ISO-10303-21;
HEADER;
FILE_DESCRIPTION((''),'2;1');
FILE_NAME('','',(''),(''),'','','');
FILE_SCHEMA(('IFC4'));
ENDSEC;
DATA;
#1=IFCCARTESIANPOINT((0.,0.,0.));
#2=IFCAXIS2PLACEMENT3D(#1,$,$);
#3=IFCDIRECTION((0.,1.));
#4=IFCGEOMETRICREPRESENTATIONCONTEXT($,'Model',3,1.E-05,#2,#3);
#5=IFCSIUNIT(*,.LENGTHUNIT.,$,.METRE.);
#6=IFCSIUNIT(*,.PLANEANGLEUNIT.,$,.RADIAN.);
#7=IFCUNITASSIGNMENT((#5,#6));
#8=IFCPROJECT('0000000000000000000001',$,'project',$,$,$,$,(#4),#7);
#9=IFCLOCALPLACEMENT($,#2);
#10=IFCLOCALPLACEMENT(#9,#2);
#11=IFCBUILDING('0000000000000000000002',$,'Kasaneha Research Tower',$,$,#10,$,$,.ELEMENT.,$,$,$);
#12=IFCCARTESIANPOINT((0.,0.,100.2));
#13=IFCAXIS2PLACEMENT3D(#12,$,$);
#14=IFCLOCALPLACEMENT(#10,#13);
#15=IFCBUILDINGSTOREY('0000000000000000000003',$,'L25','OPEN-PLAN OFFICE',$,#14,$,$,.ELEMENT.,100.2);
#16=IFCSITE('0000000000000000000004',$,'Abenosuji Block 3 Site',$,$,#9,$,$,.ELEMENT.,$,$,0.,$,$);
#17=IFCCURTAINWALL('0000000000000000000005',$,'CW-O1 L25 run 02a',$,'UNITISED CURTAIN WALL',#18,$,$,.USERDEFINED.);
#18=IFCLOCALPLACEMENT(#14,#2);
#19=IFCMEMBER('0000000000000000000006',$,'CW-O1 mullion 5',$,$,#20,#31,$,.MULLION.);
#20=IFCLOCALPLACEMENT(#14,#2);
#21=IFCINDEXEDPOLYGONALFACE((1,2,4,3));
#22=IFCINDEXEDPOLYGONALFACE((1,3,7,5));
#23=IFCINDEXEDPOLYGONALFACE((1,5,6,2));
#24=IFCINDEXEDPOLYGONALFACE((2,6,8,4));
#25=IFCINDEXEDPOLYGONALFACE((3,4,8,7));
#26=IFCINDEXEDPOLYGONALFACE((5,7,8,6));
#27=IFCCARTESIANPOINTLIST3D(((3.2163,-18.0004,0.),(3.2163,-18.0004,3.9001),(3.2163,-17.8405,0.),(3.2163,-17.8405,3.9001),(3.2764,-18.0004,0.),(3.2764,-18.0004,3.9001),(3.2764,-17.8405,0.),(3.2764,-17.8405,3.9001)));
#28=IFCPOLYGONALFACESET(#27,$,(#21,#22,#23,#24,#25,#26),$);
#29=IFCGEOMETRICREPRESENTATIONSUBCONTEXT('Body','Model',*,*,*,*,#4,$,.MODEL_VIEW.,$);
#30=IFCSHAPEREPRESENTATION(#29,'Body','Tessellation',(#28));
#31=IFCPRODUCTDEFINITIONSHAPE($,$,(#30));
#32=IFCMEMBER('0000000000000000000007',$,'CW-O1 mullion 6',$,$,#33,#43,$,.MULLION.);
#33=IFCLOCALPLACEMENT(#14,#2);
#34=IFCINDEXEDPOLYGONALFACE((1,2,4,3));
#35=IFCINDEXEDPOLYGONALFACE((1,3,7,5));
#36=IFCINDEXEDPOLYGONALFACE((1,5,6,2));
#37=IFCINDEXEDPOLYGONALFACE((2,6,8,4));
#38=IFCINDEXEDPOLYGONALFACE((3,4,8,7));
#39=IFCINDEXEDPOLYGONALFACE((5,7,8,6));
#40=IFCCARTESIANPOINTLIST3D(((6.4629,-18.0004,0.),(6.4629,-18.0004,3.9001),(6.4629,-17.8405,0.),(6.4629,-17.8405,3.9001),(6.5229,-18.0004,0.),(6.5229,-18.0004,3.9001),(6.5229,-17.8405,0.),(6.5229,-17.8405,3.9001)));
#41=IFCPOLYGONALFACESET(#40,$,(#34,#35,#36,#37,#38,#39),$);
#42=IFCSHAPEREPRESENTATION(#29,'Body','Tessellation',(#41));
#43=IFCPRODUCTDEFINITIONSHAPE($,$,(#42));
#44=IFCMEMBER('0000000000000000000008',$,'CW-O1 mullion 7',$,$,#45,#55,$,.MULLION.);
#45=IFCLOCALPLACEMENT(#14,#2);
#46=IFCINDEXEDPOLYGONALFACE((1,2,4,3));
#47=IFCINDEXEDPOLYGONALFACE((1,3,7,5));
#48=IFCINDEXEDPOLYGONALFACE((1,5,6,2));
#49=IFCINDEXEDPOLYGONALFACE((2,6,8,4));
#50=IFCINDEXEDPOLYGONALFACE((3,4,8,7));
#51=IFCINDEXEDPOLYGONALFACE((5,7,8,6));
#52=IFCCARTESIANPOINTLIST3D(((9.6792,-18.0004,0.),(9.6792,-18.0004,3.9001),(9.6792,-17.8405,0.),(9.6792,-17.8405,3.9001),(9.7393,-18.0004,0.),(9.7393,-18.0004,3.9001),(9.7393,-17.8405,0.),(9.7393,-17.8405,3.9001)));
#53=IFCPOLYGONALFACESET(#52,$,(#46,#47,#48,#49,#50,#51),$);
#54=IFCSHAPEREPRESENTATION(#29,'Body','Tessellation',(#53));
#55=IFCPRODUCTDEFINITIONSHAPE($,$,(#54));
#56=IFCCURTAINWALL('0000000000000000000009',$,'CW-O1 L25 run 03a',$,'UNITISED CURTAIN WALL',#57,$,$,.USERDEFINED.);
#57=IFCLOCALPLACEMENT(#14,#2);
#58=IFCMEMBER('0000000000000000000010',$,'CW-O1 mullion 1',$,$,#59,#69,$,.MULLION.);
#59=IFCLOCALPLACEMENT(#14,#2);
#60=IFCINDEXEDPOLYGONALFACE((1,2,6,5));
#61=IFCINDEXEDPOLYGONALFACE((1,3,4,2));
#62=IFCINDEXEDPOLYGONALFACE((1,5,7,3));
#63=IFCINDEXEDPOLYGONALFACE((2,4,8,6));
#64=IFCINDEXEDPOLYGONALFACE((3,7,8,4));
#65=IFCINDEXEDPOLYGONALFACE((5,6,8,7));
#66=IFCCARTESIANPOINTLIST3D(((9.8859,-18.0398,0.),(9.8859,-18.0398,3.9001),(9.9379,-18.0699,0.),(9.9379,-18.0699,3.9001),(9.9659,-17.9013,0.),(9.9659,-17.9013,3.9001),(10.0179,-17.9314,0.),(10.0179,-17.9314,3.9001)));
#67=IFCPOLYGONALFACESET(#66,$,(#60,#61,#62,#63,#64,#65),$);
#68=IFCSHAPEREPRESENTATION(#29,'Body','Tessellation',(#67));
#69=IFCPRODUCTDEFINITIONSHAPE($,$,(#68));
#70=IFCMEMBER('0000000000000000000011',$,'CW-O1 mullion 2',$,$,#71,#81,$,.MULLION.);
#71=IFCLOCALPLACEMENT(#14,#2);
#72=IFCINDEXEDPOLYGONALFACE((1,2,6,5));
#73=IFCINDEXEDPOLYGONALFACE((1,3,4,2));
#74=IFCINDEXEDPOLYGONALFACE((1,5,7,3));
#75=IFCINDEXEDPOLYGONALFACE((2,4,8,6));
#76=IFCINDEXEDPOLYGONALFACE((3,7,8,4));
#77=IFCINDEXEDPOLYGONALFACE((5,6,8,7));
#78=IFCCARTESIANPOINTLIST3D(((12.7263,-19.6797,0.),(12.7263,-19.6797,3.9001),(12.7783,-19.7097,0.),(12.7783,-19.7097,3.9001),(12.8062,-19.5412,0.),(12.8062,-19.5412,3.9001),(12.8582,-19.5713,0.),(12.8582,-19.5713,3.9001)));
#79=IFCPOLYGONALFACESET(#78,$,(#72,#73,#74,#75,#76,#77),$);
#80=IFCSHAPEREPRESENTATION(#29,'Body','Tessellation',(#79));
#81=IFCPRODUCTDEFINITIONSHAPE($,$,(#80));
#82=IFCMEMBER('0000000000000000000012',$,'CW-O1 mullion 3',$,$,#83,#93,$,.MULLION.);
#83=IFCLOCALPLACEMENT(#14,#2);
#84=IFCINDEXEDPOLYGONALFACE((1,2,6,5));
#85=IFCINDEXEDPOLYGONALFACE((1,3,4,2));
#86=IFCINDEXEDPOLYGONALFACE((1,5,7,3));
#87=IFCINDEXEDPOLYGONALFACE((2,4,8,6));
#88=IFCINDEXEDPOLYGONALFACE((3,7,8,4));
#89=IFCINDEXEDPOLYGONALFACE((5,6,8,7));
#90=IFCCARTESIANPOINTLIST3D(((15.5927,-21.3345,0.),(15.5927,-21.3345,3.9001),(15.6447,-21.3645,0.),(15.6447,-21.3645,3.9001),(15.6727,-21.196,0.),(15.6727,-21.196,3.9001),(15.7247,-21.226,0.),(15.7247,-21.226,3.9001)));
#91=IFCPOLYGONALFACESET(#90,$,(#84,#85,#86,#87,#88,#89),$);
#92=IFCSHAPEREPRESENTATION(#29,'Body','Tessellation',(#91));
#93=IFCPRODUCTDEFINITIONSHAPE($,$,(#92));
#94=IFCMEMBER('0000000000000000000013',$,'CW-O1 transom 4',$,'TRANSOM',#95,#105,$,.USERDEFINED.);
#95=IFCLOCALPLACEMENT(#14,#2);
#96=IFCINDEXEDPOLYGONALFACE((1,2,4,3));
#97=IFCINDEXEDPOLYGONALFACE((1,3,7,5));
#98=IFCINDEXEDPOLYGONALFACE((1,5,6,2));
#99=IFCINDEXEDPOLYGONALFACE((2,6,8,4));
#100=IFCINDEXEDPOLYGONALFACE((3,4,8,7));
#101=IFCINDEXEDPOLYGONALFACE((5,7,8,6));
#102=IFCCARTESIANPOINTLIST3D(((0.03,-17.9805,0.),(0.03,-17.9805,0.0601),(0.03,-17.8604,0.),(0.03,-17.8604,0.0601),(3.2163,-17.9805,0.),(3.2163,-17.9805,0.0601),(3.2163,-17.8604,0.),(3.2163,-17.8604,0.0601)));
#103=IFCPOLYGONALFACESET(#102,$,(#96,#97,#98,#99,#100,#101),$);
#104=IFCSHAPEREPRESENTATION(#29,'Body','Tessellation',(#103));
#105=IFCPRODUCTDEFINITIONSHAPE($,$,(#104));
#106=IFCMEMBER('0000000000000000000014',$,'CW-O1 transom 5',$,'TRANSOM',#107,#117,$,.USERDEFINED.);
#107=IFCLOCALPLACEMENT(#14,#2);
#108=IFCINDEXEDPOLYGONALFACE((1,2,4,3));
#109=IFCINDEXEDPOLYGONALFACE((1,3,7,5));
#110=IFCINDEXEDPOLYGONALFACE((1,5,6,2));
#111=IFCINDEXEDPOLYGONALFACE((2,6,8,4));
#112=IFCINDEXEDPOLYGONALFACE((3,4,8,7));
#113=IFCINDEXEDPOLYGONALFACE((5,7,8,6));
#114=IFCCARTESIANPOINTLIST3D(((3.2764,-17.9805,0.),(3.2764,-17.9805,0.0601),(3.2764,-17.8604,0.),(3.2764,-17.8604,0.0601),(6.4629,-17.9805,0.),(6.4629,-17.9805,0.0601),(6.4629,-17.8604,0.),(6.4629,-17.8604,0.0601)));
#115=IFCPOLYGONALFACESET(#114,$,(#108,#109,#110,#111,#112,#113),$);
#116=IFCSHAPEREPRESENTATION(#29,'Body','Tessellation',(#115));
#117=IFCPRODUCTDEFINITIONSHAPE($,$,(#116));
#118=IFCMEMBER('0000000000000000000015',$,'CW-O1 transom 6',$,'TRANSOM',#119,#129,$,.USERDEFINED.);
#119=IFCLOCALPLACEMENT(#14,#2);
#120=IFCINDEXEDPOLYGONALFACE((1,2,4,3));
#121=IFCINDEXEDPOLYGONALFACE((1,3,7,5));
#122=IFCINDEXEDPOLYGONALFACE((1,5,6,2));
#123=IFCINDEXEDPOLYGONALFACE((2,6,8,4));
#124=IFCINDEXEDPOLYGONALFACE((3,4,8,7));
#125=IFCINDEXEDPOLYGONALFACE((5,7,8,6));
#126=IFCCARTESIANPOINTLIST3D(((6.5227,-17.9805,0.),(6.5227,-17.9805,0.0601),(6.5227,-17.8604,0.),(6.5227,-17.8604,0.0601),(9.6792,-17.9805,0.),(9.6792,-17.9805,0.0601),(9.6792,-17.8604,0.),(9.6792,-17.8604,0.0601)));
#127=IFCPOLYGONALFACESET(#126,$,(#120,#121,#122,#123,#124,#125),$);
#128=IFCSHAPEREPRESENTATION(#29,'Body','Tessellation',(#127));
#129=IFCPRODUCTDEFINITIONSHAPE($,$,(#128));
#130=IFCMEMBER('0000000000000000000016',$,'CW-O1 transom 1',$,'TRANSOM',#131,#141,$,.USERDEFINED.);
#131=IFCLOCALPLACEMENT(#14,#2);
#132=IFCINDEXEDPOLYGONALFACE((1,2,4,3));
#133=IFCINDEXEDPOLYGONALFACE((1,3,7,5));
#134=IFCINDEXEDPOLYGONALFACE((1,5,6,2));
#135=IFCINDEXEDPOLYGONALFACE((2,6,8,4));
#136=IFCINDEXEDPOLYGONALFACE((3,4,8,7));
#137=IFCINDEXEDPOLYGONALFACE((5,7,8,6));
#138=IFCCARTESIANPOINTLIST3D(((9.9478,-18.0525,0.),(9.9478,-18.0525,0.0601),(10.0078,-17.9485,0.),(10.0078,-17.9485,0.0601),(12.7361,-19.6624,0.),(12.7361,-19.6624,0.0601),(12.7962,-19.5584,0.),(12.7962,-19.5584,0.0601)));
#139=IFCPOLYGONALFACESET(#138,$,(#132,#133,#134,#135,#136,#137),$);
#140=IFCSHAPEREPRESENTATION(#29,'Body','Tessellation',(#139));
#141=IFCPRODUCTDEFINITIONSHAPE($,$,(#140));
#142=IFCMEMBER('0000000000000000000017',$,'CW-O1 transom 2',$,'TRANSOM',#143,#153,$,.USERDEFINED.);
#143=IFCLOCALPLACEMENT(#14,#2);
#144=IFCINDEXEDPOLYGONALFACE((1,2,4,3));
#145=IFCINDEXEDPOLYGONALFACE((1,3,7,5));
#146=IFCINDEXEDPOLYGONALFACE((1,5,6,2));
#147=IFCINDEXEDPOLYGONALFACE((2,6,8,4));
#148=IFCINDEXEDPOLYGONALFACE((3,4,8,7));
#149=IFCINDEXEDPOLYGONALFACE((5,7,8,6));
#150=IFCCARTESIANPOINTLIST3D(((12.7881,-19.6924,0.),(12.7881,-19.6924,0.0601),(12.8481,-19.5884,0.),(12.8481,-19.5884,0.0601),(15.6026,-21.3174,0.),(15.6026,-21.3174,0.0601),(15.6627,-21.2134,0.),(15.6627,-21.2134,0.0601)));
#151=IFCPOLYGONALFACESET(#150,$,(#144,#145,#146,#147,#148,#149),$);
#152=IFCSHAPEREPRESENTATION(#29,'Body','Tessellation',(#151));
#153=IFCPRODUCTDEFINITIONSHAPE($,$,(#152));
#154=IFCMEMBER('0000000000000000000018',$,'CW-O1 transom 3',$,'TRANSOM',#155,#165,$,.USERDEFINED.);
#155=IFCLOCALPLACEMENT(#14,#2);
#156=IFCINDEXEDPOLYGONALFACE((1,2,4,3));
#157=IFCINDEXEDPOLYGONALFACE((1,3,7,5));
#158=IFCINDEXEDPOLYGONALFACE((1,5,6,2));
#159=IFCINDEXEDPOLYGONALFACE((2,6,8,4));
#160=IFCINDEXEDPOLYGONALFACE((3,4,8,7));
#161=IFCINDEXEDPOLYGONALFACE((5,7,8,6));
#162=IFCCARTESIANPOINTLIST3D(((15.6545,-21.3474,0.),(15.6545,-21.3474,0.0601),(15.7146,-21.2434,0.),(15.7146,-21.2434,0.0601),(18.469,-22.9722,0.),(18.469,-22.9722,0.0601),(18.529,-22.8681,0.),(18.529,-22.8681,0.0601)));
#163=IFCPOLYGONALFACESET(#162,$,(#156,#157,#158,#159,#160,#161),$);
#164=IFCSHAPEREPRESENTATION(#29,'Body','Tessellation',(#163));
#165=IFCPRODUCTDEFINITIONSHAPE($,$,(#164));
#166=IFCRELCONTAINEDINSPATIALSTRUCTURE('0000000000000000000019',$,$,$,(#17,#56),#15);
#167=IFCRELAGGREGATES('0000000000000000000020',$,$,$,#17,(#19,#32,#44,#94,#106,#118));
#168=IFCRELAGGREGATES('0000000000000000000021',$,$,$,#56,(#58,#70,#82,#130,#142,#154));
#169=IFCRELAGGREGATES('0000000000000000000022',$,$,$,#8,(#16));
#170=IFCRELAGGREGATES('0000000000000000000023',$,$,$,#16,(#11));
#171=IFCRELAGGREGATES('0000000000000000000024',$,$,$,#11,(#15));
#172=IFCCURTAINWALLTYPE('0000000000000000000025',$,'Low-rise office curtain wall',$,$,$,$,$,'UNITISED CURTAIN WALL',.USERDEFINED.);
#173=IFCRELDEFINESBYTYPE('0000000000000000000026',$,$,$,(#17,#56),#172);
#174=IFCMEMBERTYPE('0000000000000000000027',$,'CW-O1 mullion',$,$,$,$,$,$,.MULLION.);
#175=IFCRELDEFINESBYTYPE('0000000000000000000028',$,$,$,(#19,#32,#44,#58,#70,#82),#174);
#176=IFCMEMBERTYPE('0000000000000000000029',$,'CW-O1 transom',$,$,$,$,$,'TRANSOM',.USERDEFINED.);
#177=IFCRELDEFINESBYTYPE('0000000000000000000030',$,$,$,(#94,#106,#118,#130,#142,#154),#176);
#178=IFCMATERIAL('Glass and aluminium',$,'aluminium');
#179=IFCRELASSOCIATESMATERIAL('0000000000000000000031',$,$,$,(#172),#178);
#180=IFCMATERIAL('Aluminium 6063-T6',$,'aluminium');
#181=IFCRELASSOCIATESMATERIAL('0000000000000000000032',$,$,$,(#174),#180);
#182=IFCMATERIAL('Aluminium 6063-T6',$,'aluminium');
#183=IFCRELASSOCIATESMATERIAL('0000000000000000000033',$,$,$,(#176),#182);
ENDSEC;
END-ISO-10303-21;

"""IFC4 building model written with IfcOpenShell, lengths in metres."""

from ifc_helpers import new_model, si_unit, direction, frame, origin, origin_2d, place, context, subcontext, project, spatial, rectangle, extrude, material, material_profile, profile_set, type_object, element, aggregate, save


model = new_model("IFC4")

# Units and contexts
model_context = context("Model", 3, precision=1e-05, world=origin(), true_north=direction((0.0, 1.0)))
body_context = subcontext(model_context, "Body", "Model", "MODEL_VIEW")
ifc_project = project(units=[si_unit("LENGTHUNIT", "METRE"), si_unit("PLANEANGLEUNIT", "RADIAN")], contexts=[model_context])

# Site, building, storey
site_placement = place(None, origin())
site = spatial("IfcSite", under=ifc_project, at=site_placement, Name="Abenosuji Block 3 Site", CompositionType="ELEMENT", RefElevation=0.0)
building_placement = place(site_placement, origin())
building = spatial("IfcBuilding", under=site, at=building_placement, Name="Kasaneha Research Tower", CompositionType="ELEMENT")
storey_placement = place(building_placement, frame((0.0, 0.0, 100.2)))
storey = spatial("IfcBuildingStorey", under=building, at=storey_placement, Name="L25", Description="OPEN-PLAN OFFICE", CompositionType="ELEMENT", Elevation=100.2)

# Curtain walls, members
ifc_material_1 = material(Name="Glass and aluminium", Category="aluminium")
curtain_wall_type = type_object("IfcCurtainWallType", Name="Low-rise office curtain wall", ElementType="UNITISED CURTAIN WALL", PredefinedType="USERDEFINED", material=ifc_material_1)
curtain_wall_1_placement = place(storey_placement, origin())
curtain_wall_1 = element("IfcCurtainWall", 1, at=curtain_wall_1_placement, inside=storey, type_object=curtain_wall_type, Name="CW-O1 L25 run 02a", ObjectType="UNITISED CURTAIN WALL", PredefinedType="USERDEFINED")
ifc_material_2 = material(Name="Aluminium 6063-T6", Category="aluminium")
ifc_material_profile_1 = material_profile(ifc_material_2, rectangle(XDim=0.0601, YDim=0.1599, at=origin_2d()), Name="CW-O1 mullion 60x160")
ifc_profile_set_1 = profile_set([ifc_material_profile_1], Name="Aluminium 6063-T6")
member_type_1 = type_object("IfcMemberType", Name="CW-O1 mullion", PredefinedType="MULLION", material=ifc_profile_set_1)
member_1_placement = place(storey_placement, frame((3.2463, -17.9204, 0.0), z_axis=(0.0, 0.0, 1.0), x_axis=(1.0, 0.0, 0.0)))
member_1 = element("IfcMember", 2, at=member_1_placement, type_object=member_type_1, Name="CW-O1 mullion 5", PredefinedType="MULLION", context=body_context, shape_type="SweptSolid", body=[
    extrude(rectangle(XDim=0.0601, YDim=0.1599, at=origin_2d()), origin(), (0.0, 0.0, 1.0), 3.9001),
])
member_2_placement = place(storey_placement, frame((6.4929, -17.9204, 0.0), z_axis=(0.0, 0.0, 1.0), x_axis=(1.0, 0.0, 0.0)))
member_2 = element("IfcMember", 3, at=member_2_placement, type_object=member_type_1, Name="CW-O1 mullion 6", PredefinedType="MULLION", context=body_context, shape_type="SweptSolid", body=[
    extrude(rectangle(XDim=0.0601, YDim=0.1599, at=origin_2d()), origin(), (0.0, 0.0, 1.0), 3.9001),
])
member_3_placement = place(storey_placement, frame((9.7092, -17.9204, 0.0), z_axis=(0.0, 0.0, 1.0), x_axis=(1.0, 0.0, 0.0)))
member_3 = element("IfcMember", 4, at=member_3_placement, type_object=member_type_1, Name="CW-O1 mullion 7", PredefinedType="MULLION", context=body_context, shape_type="SweptSolid", body=[
    extrude(rectangle(XDim=0.0601, YDim=0.1599, at=origin_2d()), origin(), (0.0, 0.0, 1.0), 3.9001),
])
curtain_wall_2_placement = place(storey_placement, origin())
curtain_wall_2 = element("IfcCurtainWall", 5, at=curtain_wall_2_placement, inside=storey, type_object=curtain_wall_type, Name="CW-O1 L25 run 03a", ObjectType="UNITISED CURTAIN WALL", PredefinedType="USERDEFINED")
member_4_placement = place(storey_placement, frame((9.9519, -17.9856, 0.0), z_axis=(0.0, 0.0, 1.0), x_axis=(0.866025, -0.5, 0.0)))
member_4 = element("IfcMember", 6, at=member_4_placement, type_object=member_type_1, Name="CW-O1 mullion 1", PredefinedType="MULLION", context=body_context, shape_type="SweptSolid", body=[
    extrude(rectangle(XDim=0.0601, YDim=0.1599, at=origin_2d()), origin(), (0.0, 0.0, 1.0), 3.9001),
])
member_5_placement = place(storey_placement, frame((12.7922, -19.6255, 0.0), z_axis=(0.0, 0.0, 1.0), x_axis=(0.866025, -0.5, 0.0)))
member_5 = element("IfcMember", 7, at=member_5_placement, type_object=member_type_1, Name="CW-O1 mullion 2", PredefinedType="MULLION", context=body_context, shape_type="SweptSolid", body=[
    extrude(rectangle(XDim=0.0601, YDim=0.1599, at=origin_2d()), origin(), (0.0, 0.0, 1.0), 3.9001),
])
member_6_placement = place(storey_placement, frame((15.6587, -21.2803, 0.0), z_axis=(0.0, 0.0, 1.0), x_axis=(0.866025, -0.5, 0.0)))
member_6 = element("IfcMember", 8, at=member_6_placement, type_object=member_type_1, Name="CW-O1 mullion 3", PredefinedType="MULLION", context=body_context, shape_type="SweptSolid", body=[
    extrude(rectangle(XDim=0.0601, YDim=0.1599, at=origin_2d()), origin(), (0.0, 0.0, 1.0), 3.9001),
])

# Members
ifc_material_3 = material(Name="Aluminium 6063-T6", Category="aluminium")
ifc_material_profile_2 = material_profile(ifc_material_3, rectangle(XDim=0.1201, YDim=0.0601, at=origin_2d()), Name="CW-O1 transom 120x60")
ifc_profile_set_2 = profile_set([ifc_material_profile_2], Name="Aluminium 6063-T6")
member_type_2 = type_object("IfcMemberType", Name="CW-O1 transom", ElementType="TRANSOM", PredefinedType="USERDEFINED", material=ifc_profile_set_2)
member_7_placement = place(storey_placement, frame((0.03, -17.9204, 0.03), z_axis=(1.0, 0.0, 0.0), x_axis=(0.0, 1.0, 0.0)))
member_7 = element("IfcMember", 9, at=member_7_placement, type_object=member_type_2, Name="CW-O1 transom 4", ObjectType="TRANSOM", PredefinedType="USERDEFINED", context=body_context, shape_type="SweptSolid", body=[
    extrude(rectangle(XDim=0.1201, YDim=0.0601, at=origin_2d()), origin(), (0.0, 0.0, 1.0), 3.1863),
])
member_8_placement = place(storey_placement, frame((3.2764, -17.9204, 0.03), z_axis=(1.0, 0.0, 0.0), x_axis=(0.0, 1.0, 0.0)))
member_8 = element("IfcMember", 10, at=member_8_placement, type_object=member_type_2, Name="CW-O1 transom 5", ObjectType="TRANSOM", PredefinedType="USERDEFINED", context=body_context, shape_type="SweptSolid", body=[
    extrude(rectangle(XDim=0.1201, YDim=0.0601, at=origin_2d()), origin(), (0.0, 0.0, 1.0), 3.1865),
])
member_9_placement = place(storey_placement, frame((6.5227, -17.9204, 0.03), z_axis=(1.0, 0.0, 0.0), x_axis=(0.0, 1.0, 0.0)))
member_9 = element("IfcMember", 11, at=member_9_placement, type_object=member_type_2, Name="CW-O1 transom 6", ObjectType="TRANSOM", PredefinedType="USERDEFINED", context=body_context, shape_type="SweptSolid", body=[
    extrude(rectangle(XDim=0.1201, YDim=0.0601, at=origin_2d()), origin(), (0.0, 0.0, 1.0), 3.1565),
])
member_10_placement = place(storey_placement, frame((9.9778, -18.0005, 0.03), z_axis=(0.866023, -0.500005, 0.0), x_axis=(0.500005, 0.866023, 0.0)))
member_10 = element("IfcMember", 12, at=member_10_placement, type_object=member_type_2, Name="CW-O1 transom 1", ObjectType="TRANSOM", PredefinedType="USERDEFINED", context=body_context, shape_type="SweptSolid", body=[
    extrude(rectangle(XDim=0.1201, YDim=0.0601, at=origin_2d()), origin(), (0.0, 0.0, 1.0), 3.2197),
])
member_11_placement = place(storey_placement, frame((12.8181, -19.6404, 0.03), z_axis=(0.866015, -0.500017, 0.0), x_axis=(0.500017, 0.866015, 0.0)))
member_11 = element("IfcMember", 13, at=member_11_placement, type_object=member_type_2, Name="CW-O1 transom 2", ObjectType="TRANSOM", PredefinedType="USERDEFINED", context=body_context, shape_type="SweptSolid", body=[
    extrude(rectangle(XDim=0.1201, YDim=0.0601, at=origin_2d()), origin(), (0.0, 0.0, 1.0), 3.25),
])
member_12_placement = place(storey_placement, frame((15.6846, -21.2954, 0.03), z_axis=(0.866048, -0.499961, 0.0), x_axis=(0.499961, 0.866048, 0.0)))
member_12 = element("IfcMember", 14, at=member_12_placement, type_object=member_type_2, Name="CW-O1 transom 3", ObjectType="TRANSOM", PredefinedType="USERDEFINED", context=body_context, shape_type="SweptSolid", body=[
    extrude(rectangle(XDim=0.1201, YDim=0.0601, at=origin_2d()), origin(), (0.0, 0.0, 1.0), 3.2498),
])

aggregate(curtain_wall_1, [member_1, member_2, member_3, member_7, member_8, member_9])
aggregate(curtain_wall_2, [member_4, member_5, member_6, member_10, member_11, member_12])

save(model, "model.ifc")
